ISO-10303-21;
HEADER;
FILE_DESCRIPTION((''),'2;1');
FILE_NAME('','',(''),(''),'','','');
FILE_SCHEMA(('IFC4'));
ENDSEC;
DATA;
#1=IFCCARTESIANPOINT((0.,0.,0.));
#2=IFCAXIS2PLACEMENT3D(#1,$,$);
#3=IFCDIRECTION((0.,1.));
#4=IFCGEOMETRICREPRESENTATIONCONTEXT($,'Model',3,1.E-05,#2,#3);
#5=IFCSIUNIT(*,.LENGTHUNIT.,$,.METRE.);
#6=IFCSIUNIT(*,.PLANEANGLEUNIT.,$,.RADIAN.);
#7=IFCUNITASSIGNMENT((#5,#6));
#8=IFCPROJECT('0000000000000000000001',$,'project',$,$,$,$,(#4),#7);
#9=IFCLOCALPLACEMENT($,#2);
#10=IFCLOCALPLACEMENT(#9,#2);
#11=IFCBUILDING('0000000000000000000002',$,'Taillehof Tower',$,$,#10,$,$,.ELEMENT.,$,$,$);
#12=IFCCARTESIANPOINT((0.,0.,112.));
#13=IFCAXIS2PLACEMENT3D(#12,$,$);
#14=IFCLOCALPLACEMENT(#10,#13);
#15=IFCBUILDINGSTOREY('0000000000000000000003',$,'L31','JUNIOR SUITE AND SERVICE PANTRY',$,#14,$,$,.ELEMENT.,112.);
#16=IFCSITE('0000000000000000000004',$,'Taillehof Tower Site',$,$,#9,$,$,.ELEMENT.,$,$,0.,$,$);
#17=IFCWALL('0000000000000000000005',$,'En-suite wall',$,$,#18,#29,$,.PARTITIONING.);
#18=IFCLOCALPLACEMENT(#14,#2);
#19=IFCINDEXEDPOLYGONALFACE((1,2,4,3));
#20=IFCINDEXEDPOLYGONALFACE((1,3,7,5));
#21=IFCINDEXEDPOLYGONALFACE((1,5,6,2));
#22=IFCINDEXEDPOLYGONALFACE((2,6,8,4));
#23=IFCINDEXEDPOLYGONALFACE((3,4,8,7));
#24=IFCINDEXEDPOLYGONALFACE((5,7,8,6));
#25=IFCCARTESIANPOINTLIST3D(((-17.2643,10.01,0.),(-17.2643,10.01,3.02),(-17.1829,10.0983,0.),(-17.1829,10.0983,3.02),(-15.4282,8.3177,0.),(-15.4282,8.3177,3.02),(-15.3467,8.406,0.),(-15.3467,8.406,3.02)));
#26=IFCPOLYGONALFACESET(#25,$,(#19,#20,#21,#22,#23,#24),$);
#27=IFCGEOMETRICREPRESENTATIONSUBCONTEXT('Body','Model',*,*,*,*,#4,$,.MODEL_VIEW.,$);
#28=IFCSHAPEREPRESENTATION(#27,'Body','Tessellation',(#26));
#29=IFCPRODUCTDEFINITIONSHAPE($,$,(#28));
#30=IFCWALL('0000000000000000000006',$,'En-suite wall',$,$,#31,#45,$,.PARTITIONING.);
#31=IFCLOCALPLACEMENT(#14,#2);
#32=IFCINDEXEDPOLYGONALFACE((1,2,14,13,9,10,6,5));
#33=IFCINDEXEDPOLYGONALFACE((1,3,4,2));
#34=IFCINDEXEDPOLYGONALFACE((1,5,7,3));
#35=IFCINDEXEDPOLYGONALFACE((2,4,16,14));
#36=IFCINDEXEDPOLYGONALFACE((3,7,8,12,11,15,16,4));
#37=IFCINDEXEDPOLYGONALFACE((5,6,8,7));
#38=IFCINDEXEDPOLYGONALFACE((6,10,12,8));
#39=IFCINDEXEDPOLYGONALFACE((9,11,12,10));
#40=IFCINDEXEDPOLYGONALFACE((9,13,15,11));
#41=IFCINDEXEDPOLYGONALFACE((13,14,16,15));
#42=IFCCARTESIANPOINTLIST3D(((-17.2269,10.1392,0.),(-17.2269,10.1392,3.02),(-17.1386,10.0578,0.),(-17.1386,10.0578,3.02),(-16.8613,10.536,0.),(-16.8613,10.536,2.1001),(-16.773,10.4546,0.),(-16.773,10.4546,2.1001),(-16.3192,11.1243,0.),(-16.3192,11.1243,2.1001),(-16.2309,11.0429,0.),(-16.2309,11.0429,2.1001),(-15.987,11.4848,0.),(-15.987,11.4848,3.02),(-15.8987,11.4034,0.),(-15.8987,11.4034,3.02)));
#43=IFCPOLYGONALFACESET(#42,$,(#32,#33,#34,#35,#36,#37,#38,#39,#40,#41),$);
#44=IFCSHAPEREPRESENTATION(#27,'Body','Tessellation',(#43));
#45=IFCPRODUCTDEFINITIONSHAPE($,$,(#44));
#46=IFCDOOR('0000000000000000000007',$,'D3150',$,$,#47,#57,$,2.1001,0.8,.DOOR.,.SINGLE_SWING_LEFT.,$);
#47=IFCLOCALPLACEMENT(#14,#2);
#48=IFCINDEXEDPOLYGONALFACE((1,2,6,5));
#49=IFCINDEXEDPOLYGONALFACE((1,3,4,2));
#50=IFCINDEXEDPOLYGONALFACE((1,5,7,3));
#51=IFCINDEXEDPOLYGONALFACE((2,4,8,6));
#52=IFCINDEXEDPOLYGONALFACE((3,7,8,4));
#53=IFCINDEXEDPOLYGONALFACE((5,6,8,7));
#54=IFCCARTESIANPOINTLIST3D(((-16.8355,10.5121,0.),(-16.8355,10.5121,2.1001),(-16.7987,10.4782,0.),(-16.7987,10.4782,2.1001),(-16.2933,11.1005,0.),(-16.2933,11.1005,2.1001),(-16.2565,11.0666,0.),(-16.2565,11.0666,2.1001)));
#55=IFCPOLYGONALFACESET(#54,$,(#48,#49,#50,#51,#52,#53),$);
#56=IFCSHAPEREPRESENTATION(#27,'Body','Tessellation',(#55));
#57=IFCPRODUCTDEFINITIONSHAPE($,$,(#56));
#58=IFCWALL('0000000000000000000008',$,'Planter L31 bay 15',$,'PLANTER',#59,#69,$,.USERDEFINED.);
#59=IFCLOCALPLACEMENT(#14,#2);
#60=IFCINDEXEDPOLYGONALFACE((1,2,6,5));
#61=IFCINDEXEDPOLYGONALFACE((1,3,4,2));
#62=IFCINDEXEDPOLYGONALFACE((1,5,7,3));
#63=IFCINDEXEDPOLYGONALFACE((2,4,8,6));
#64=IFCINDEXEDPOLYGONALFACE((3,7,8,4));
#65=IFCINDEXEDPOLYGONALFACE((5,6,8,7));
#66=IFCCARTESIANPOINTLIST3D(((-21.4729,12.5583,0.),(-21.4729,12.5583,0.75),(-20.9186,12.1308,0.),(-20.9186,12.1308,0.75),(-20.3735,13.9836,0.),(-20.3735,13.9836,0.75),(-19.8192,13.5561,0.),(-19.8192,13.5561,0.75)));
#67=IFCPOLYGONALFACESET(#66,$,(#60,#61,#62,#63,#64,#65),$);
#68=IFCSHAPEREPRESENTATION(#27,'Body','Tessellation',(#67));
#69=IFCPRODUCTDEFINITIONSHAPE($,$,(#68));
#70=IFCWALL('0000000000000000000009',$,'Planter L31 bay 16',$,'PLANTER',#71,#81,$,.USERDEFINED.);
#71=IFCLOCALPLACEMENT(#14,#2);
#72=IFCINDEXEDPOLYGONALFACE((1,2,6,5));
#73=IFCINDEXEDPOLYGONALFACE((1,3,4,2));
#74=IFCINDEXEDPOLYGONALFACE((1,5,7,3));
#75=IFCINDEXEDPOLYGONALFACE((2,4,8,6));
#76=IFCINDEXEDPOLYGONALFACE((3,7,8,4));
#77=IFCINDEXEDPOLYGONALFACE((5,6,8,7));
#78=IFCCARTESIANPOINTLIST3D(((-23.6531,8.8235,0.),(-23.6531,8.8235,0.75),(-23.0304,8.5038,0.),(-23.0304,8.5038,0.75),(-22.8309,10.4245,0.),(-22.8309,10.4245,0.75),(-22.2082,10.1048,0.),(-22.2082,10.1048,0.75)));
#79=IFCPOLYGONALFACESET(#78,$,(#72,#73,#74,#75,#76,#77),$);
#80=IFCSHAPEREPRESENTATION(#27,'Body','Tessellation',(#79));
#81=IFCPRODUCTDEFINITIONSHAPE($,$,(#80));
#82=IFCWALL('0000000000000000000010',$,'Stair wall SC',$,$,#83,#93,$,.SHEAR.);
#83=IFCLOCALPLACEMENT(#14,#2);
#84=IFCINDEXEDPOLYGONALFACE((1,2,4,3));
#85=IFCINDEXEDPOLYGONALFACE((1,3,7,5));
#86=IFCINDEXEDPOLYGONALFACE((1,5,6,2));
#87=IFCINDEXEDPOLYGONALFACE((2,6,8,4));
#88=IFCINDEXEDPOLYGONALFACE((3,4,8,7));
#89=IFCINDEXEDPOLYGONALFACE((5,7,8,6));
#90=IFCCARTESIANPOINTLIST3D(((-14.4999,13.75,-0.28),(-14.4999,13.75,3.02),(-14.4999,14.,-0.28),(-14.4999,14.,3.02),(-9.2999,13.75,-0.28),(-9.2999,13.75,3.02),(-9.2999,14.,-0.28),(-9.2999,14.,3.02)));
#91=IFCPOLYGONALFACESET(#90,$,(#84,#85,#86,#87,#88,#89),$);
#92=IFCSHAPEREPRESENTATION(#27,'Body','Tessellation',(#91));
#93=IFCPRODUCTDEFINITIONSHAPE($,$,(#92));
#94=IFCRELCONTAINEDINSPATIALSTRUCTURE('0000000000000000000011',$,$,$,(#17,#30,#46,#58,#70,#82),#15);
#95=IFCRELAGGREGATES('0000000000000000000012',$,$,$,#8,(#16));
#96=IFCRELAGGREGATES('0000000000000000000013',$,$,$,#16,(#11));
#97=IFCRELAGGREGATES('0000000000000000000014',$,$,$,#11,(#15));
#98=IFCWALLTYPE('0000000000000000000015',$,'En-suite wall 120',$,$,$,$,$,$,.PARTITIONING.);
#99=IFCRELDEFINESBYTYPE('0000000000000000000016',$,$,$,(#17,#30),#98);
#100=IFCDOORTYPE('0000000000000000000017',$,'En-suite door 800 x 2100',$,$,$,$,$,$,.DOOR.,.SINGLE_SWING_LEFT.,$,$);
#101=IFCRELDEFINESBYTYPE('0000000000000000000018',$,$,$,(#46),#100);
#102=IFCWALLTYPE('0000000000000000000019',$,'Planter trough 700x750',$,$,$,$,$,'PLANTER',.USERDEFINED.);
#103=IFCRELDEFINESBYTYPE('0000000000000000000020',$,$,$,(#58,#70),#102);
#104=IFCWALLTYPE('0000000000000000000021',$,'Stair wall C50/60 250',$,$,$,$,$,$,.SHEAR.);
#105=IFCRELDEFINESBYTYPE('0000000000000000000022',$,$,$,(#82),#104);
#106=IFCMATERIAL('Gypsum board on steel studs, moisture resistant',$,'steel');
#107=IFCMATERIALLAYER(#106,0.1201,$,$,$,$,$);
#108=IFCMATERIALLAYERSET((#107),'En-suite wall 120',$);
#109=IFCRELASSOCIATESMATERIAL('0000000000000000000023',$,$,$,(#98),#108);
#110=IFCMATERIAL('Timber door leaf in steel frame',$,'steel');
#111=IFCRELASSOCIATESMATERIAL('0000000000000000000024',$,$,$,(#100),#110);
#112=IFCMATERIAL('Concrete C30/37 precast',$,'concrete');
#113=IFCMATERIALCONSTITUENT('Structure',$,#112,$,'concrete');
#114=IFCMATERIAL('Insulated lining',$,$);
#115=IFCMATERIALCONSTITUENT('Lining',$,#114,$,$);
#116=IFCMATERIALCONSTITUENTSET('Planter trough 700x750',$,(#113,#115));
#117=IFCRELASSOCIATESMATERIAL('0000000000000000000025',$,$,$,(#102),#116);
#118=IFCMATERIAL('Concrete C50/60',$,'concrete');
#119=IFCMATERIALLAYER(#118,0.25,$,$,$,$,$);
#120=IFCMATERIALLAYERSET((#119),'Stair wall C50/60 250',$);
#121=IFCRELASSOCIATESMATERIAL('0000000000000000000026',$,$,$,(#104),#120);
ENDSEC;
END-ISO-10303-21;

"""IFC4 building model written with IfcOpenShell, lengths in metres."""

from ifc_helpers import new_model, si_unit, direction, frame, frame_2d, origin, place, context, subcontext, project, spatial, rectangle, extrude, material, layer, layer_set, constituent, constituent_set, type_object, element, fill, save


model = new_model("IFC4")

# Units and contexts
model_context = context("Model", 3, precision=1e-05, world=origin(), true_north=direction((0.0, 1.0)))
body_context = subcontext(model_context, "Body", "Model", "MODEL_VIEW")
ifc_project = project(units=[si_unit("LENGTHUNIT", "METRE"), si_unit("PLANEANGLEUNIT", "RADIAN")], contexts=[model_context])

# Site, building, storey
site_placement = place(None, origin())
site = spatial("IfcSite", under=ifc_project, at=site_placement, Name="Taillehof Tower Site", CompositionType="ELEMENT", RefElevation=0.0)
building_placement = place(site_placement, origin())
building = spatial("IfcBuilding", under=site, at=building_placement, Name="Taillehof Tower", CompositionType="ELEMENT")
storey_placement = place(building_placement, frame((0.0, 0.0, 112.0)))
storey = spatial("IfcBuildingStorey", under=building, at=storey_placement, Name="L31", Description="JUNIOR SUITE AND SERVICE PANTRY", CompositionType="ELEMENT", Elevation=112.0)

# Wall
ifc_material_1 = material(Name="Gypsum board on steel studs, moisture resistant", Category="steel")
ifc_layer_1 = layer(ifc_material_1, 0.1201)
ifc_layer_set_1 = layer_set([ifc_layer_1], Name="En-suite wall 120")
wall_type_1 = type_object("IfcWallType", Name="En-suite wall 120", PredefinedType="PARTITIONING", material=ifc_layer_set_1)
wall_1_placement = place(storey_placement, frame((-15.3875, 8.3618, 0.0), z_axis=(0.0, 0.0, 1.0), x_axis=(-0.735313, 0.677728, 0.0)))
element("IfcWall", 1, at=wall_1_placement, inside=storey, type_object=wall_type_1, Name="En-suite wall", PredefinedType="PARTITIONING", context=body_context, shape_type="SweptSolid", body=[
    extrude(rectangle(XDim=2.4971, YDim=0.1201, at=frame_2d((1.2485, 0.0))), origin(), (0.0, 0.0, 1.0), 3.02),
])

# Wall, opening, door
wall_2_placement = place(storey_placement, frame((-17.1829, 10.0984, 0.0), z_axis=(0.0, 0.0, 1.0), x_axis=(0.677632, 0.735402, 0.0)))
wall_2 = element("IfcWall", 2, at=wall_2_placement, inside=storey, type_object=wall_type_1, Name="En-suite wall", PredefinedType="PARTITIONING", context=body_context, shape_type="SweptSolid", body=[
    extrude(rectangle(XDim=1.8298, YDim=0.1201, at=frame_2d((0.915, 0.0))), origin(), (0.0, 0.0, 1.0), 3.02),
])
opening_1_placement = place(wall_2_placement, frame((0.5398, 0.0, 0.0)))
opening_1 = element("IfcOpeningElement", 3, at=opening_1_placement, cuts=wall_2, PredefinedType="OPENING", context=body_context, shape_type="SweptSolid", body=[
    extrude(rectangle(XDim=0.8, YDim=2.1001, at=frame_2d((0.3999, 1.05))), frame((0.0, 0.0701, 0.0), z_axis=(0.0, -1.0, 0.0), x_axis=(1.0, 0.0, 0.0)), (0.0, 0.0, 1.0), 0.1401),
])
ifc_material_2 = material(Name="Timber door leaf in steel frame", Category="steel")
door_type_1 = type_object("IfcDoorType", Name="En-suite door 800 x 2100", OperationType="SINGLE_SWING_LEFT", PredefinedType="DOOR", material=ifc_material_2)
door_1_placement = place(opening_1_placement, origin())
door_1 = element("IfcDoor", 4, at=door_1_placement, inside=storey, type_object=door_type_1, Name="D3150", OperationType="SINGLE_SWING_LEFT", OverallHeight=2.1001, OverallWidth=0.8, PredefinedType="DOOR", context=body_context, shape_type="SweptSolid", body=[
    extrude(rectangle(XDim=0.8, YDim=2.1001, at=frame_2d((0.3999, 1.05))), frame((0.0, 0.0249, 0.0), z_axis=(0.0, -1.0, 0.0), x_axis=(1.0, 0.0, 0.0)), (0.0, 0.0, 1.0), 0.05),
])
fill(opening_1, door_1)

# Walls
ifc_material_3 = material(Name="Concrete C30/37 precast", Category="concrete")
ifc_constituent_1 = constituent(ifc_material_3, Name="Structure", Category="concrete")
ifc_material_4 = material(Name="Insulated lining")
ifc_constituent_2 = constituent(ifc_material_4, Name="Lining")
ifc_constituent_set = constituent_set(constituents=[ifc_constituent_1, ifc_constituent_2], Name="Planter trough 700x750")
wall_type_2 = type_object("IfcWallType", Name="Planter trough 700x750", ElementType="PLANTER", PredefinedType="USERDEFINED", material=ifc_constituent_set)
wall_3_placement = place(storey_placement, frame((-20.0964, 13.7698, 0.0), z_axis=(0.0, 0.0, 1.0), x_axis=(-0.610752, -0.791822, 0.0)))
element("IfcWall", 5, at=wall_3_placement, inside=storey, type_object=wall_type_2, Name="Planter L31 bay 15", ObjectType="PLANTER", PredefinedType="USERDEFINED", context=body_context, shape_type="SweptSolid", body=[
    extrude(rectangle(XDim=1.8, YDim=0.7, at=frame_2d((0.8999, 0.0))), origin(), (0.0, 0.0, 1.0), 0.75),
])
wall_4_placement = place(storey_placement, frame((-22.5195, 10.2646, 0.0), z_axis=(0.0, 0.0, 1.0), x_axis=(-0.456845, -0.889546, 0.0)))
element("IfcWall", 6, at=wall_4_placement, inside=storey, type_object=wall_type_2, Name="Planter L31 bay 16", ObjectType="PLANTER", PredefinedType="USERDEFINED", context=body_context, shape_type="SweptSolid", body=[
    extrude(rectangle(XDim=1.7998, YDim=0.7, at=frame_2d((0.8999, 0.0))), origin(), (0.0, 0.0, 1.0), 0.75),
])
ifc_material_5 = material(Name="Concrete C50/60", Category="concrete")
ifc_layer_2 = layer(ifc_material_5, 0.25)
ifc_layer_set_2 = layer_set([ifc_layer_2], Name="Stair wall C50/60 250")
wall_type_3 = type_object("IfcWallType", Name="Stair wall C50/60 250", PredefinedType="SHEAR", material=ifc_layer_set_2)
wall_5_placement = place(storey_placement, frame((-14.5, 13.875, -0.28), z_axis=(0.0, 0.0, 1.0), x_axis=(1.0, 0.0, 0.0)))
element("IfcWall", 7, at=wall_5_placement, inside=storey, type_object=wall_type_3, Name="Stair wall SC", PredefinedType="SHEAR", context=body_context, shape_type="SweptSolid", body=[
    extrude(rectangle(XDim=5.2, YDim=0.25, at=frame_2d((2.6001, 0.0))), origin(), (0.0, 0.0, 1.0), 3.3),
])

save(model, "model.ifc")
